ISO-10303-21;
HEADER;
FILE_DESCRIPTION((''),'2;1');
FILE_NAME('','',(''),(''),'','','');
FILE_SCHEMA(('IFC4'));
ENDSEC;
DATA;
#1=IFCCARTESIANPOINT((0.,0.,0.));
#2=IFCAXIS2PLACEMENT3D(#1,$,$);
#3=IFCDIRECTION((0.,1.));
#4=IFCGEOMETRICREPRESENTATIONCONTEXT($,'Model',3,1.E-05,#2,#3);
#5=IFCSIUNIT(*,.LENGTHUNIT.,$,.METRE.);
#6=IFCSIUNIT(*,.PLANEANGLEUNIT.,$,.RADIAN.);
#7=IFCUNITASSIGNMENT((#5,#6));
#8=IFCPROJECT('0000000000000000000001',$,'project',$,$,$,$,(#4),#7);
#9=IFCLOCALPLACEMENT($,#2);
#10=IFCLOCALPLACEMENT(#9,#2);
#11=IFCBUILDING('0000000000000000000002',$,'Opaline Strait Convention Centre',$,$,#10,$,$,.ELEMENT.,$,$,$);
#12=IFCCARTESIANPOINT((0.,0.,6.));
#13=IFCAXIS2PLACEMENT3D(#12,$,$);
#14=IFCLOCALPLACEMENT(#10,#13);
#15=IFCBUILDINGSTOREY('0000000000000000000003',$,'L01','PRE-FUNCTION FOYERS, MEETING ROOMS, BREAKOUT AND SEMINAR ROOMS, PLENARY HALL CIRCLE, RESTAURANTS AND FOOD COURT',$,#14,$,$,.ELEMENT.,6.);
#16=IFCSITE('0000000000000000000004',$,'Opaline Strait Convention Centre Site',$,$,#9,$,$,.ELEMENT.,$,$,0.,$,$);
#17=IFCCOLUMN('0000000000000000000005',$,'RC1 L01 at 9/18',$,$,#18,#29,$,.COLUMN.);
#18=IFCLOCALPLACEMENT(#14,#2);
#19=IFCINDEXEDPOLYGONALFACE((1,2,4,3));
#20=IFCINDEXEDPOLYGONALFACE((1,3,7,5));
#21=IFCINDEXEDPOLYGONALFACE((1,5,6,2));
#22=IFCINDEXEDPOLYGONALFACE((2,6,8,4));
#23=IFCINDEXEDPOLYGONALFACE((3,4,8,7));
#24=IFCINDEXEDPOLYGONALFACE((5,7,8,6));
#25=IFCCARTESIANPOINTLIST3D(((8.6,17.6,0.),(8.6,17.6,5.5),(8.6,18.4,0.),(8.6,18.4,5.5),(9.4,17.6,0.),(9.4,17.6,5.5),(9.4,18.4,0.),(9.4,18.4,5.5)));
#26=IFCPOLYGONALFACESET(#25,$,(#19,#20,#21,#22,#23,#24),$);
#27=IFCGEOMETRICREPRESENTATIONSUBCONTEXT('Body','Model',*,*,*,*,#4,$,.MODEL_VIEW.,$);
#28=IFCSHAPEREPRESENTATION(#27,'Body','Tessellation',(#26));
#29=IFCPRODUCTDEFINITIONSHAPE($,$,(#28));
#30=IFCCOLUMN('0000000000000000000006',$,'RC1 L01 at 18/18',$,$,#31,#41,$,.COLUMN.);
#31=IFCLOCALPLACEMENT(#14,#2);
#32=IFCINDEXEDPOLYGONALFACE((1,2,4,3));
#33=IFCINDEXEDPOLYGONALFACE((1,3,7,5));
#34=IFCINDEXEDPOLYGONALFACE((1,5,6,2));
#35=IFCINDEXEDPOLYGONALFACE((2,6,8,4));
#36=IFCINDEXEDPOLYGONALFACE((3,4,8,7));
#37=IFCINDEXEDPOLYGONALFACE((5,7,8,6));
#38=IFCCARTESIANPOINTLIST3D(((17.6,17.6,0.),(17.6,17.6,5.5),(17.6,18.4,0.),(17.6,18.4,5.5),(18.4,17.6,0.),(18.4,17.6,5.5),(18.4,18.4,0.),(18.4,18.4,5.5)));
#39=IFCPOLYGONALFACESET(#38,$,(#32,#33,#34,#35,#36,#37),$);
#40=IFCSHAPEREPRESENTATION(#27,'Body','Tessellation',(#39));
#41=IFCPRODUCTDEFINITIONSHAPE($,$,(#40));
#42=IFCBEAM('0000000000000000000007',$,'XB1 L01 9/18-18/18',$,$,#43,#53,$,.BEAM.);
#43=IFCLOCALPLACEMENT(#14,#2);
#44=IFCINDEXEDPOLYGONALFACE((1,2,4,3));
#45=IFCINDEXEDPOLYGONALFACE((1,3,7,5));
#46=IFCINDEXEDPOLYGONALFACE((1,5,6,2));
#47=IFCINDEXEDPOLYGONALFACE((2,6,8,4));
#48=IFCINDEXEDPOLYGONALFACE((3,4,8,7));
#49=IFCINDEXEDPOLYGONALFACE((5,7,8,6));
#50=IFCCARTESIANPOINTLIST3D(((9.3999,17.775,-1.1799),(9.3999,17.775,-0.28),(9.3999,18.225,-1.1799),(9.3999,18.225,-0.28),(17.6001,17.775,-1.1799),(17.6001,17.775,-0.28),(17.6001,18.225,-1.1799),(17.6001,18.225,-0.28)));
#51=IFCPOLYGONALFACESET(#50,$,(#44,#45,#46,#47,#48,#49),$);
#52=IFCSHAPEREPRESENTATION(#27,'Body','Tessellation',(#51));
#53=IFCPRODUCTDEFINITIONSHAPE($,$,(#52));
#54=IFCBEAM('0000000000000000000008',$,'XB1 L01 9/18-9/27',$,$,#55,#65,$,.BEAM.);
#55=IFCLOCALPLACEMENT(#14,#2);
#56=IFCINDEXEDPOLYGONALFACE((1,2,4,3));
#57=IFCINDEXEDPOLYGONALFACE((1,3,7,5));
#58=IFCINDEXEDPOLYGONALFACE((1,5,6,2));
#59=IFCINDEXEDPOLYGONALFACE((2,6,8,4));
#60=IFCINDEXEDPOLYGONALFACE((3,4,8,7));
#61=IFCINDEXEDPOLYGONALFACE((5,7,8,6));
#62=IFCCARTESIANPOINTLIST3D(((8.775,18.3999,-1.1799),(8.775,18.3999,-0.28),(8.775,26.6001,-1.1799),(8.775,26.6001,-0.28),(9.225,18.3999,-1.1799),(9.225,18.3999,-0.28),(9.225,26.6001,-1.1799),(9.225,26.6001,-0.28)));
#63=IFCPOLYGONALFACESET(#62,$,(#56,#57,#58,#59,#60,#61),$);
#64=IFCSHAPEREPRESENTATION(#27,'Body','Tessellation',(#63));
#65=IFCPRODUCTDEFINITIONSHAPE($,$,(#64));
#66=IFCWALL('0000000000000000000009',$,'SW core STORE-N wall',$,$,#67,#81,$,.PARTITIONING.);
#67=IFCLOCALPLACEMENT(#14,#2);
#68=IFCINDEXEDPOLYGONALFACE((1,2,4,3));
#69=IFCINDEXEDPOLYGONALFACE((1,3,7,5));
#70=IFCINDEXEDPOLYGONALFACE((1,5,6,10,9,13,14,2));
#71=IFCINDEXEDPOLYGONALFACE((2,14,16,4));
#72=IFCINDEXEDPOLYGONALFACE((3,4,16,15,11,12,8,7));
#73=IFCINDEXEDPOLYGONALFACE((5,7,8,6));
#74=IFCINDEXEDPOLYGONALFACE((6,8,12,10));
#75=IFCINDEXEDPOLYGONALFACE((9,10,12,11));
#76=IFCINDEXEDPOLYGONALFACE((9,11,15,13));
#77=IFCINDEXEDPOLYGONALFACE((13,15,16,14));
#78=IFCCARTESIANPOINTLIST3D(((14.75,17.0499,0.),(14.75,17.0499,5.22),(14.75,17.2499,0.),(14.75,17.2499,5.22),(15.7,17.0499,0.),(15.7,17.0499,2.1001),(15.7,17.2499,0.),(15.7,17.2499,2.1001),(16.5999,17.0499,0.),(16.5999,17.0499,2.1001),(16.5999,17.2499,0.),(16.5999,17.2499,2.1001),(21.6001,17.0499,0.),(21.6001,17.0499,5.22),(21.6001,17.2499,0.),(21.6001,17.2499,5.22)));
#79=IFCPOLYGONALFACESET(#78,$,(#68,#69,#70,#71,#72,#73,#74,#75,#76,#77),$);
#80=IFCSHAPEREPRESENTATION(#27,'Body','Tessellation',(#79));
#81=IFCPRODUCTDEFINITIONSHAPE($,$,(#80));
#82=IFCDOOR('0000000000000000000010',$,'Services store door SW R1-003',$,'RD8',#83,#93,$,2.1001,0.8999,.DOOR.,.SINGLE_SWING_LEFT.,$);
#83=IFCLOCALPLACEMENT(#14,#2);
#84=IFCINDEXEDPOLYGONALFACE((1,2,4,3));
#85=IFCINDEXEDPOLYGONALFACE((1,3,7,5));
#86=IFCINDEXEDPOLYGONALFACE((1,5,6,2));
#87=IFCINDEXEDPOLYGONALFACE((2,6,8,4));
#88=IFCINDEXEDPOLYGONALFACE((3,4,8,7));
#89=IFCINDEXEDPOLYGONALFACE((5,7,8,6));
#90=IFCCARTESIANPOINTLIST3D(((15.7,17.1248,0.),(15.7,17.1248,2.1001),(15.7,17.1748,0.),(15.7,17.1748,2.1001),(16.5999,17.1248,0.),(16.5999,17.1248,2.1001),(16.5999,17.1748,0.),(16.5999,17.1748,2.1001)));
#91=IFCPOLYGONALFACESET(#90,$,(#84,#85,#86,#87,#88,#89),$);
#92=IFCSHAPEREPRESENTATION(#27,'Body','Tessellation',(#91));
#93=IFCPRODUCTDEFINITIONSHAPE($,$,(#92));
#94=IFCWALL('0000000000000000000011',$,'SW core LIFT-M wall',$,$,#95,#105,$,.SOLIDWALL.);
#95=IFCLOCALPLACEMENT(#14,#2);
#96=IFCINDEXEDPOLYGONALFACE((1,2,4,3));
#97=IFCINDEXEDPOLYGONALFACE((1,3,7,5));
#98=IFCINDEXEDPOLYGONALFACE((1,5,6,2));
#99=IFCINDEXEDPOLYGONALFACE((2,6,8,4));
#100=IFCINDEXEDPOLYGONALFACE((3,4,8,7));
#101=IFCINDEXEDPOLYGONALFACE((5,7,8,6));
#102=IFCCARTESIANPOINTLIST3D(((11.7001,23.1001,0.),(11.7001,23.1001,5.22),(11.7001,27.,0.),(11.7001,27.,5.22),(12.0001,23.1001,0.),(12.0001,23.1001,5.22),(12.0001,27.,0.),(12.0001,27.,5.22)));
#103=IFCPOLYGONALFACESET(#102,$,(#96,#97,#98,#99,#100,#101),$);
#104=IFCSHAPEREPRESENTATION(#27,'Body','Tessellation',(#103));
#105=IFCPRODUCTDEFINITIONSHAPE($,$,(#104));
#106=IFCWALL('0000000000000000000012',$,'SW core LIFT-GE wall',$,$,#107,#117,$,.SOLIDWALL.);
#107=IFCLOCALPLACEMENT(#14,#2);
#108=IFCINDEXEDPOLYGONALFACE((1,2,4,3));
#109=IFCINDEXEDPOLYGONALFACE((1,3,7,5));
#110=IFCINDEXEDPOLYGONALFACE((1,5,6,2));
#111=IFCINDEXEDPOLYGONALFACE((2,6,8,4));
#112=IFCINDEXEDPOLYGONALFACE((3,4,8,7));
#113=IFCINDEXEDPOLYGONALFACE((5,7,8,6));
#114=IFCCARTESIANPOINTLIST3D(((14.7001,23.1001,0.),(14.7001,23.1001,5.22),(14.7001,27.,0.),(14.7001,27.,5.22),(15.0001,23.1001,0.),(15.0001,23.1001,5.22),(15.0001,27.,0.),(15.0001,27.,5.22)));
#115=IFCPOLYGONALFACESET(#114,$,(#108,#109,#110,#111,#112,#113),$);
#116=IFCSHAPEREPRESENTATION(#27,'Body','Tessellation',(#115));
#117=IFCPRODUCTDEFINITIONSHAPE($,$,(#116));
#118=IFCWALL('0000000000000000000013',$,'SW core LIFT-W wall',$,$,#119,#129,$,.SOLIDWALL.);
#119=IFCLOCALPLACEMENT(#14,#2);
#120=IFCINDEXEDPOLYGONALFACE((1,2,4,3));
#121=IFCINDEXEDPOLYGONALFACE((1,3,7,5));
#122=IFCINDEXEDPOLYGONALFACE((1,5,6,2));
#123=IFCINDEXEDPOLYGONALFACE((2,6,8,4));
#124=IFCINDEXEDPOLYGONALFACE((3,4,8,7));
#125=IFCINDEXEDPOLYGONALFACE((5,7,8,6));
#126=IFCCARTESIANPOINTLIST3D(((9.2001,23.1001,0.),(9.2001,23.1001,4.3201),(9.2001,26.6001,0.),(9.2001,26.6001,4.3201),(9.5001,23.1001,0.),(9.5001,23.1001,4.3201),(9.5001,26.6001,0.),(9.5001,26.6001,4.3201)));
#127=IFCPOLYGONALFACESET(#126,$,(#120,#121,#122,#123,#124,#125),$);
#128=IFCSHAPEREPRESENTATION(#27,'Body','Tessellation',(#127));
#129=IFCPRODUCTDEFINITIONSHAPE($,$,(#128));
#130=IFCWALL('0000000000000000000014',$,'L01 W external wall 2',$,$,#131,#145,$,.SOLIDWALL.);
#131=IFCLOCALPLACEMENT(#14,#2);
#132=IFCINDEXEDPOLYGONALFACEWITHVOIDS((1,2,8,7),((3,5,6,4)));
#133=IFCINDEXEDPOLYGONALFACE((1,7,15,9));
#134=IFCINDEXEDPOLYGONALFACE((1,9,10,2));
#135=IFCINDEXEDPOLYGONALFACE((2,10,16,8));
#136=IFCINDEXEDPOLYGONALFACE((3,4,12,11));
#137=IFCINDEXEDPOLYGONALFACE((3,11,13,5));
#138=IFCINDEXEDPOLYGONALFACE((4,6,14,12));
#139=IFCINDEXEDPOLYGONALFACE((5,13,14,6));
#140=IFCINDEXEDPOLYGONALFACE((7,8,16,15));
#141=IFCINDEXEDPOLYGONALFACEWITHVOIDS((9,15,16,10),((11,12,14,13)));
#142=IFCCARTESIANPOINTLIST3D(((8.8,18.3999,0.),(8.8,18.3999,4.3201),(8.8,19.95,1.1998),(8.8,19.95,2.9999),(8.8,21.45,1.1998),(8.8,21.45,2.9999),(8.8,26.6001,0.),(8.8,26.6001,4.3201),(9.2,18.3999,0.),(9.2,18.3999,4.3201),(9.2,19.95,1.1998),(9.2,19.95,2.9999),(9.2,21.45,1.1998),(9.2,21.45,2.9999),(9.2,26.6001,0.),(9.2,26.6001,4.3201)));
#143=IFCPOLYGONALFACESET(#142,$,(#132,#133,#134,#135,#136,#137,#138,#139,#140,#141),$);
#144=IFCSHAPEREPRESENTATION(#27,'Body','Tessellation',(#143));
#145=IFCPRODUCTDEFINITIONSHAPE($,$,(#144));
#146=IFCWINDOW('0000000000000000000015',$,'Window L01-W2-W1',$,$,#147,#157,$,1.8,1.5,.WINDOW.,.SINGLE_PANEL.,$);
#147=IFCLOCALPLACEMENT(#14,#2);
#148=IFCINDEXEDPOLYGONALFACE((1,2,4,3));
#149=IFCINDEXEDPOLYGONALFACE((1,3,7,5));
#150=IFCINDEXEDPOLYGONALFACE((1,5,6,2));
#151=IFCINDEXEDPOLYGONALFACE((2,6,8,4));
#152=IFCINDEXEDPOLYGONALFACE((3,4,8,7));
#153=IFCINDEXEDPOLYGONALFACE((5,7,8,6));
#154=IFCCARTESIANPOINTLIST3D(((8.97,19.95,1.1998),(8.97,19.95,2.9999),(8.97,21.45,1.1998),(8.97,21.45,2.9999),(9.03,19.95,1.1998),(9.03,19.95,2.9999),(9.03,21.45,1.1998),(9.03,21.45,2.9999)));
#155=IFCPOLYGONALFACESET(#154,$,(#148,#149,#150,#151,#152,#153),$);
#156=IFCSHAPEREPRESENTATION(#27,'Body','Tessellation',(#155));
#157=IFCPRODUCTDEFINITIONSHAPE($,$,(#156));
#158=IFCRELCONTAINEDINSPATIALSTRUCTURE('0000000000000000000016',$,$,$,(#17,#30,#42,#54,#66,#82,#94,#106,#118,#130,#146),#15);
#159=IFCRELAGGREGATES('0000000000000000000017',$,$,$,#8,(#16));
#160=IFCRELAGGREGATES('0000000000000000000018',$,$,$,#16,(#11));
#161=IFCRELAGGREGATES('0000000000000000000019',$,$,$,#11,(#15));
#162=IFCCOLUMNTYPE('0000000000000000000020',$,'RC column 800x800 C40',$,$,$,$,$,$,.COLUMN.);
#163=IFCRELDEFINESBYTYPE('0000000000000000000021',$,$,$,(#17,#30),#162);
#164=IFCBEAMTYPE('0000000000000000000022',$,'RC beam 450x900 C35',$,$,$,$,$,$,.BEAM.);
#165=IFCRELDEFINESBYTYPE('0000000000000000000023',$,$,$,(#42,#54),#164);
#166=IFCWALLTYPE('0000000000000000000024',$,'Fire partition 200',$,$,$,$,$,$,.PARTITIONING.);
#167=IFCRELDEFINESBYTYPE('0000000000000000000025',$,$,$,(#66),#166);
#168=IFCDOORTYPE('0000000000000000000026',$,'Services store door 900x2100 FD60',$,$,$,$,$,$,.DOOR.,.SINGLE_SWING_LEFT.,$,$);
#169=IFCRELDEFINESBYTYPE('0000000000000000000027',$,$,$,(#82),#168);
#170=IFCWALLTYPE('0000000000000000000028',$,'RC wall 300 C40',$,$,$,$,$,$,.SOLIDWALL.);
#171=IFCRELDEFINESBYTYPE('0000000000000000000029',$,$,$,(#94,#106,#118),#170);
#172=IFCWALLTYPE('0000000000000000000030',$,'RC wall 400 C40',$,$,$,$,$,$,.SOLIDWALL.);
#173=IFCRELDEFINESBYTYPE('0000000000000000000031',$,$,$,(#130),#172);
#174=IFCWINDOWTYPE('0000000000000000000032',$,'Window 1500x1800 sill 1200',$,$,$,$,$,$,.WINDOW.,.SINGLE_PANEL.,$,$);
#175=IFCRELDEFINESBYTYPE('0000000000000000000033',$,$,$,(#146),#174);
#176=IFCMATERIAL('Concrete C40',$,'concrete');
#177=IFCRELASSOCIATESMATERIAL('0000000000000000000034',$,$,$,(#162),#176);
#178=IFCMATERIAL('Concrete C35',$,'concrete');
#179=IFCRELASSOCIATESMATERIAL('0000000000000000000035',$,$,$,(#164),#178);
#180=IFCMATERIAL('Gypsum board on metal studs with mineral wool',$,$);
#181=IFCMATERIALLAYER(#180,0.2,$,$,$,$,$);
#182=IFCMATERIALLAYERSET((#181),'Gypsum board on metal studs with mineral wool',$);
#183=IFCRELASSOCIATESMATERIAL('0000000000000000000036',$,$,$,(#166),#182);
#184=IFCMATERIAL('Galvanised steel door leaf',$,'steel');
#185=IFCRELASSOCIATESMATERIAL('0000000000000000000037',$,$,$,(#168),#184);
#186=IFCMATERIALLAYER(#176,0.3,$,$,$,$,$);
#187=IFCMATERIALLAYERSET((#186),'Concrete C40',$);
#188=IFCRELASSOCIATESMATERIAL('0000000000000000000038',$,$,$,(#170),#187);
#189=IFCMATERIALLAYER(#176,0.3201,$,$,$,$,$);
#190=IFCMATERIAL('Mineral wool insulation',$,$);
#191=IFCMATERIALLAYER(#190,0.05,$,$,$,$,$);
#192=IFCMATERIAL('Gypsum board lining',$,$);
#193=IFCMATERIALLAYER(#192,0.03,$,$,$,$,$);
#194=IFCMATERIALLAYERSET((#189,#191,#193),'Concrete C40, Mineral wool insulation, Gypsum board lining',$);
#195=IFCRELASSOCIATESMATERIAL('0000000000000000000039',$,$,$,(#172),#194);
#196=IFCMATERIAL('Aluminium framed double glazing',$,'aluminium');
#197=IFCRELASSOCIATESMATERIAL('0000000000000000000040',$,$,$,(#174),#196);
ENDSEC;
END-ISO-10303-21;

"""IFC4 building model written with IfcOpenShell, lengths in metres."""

from ifc_helpers import new_model, si_unit, direction, frame, frame_2d, origin, origin_2d, place, context, subcontext, project, spatial, rectangle, extrude, material, layer, layer_set, material_profile, profile_set, type_object, element, fill, save


model = new_model("IFC4")

# Units and contexts
model_context = context("Model", 3, precision=1e-05, world=origin(), true_north=direction((0.0, 1.0)))
body_context = subcontext(model_context, "Body", "Model", "MODEL_VIEW")
ifc_project = project(units=[si_unit("LENGTHUNIT", "METRE"), si_unit("PLANEANGLEUNIT", "RADIAN")], contexts=[model_context])

# Site, building, storey
site_placement = place(None, origin())
site = spatial("IfcSite", under=ifc_project, at=site_placement, Name="Opaline Strait Convention Centre Site", CompositionType="ELEMENT", RefElevation=0.0)
building_placement = place(site_placement, origin())
building = spatial("IfcBuilding", under=site, at=building_placement, Name="Opaline Strait Convention Centre", CompositionType="ELEMENT")
storey_placement = place(building_placement, frame((0.0, 0.0, 6.0)))
storey = spatial("IfcBuildingStorey", under=building, at=storey_placement, Name="L01", Description="PRE-FUNCTION FOYERS, MEETING ROOMS, BREAKOUT AND SEMINAR ROOMS, PLENARY HALL CIRCLE, RESTAURANTS AND FOOD COURT", CompositionType="ELEMENT", Elevation=6.0)

# Columns
ifc_material_1 = material(Name="Concrete C40", Category="concrete")
ifc_material_profile_1 = material_profile(ifc_material_1, rectangle(XDim=0.8, YDim=0.8, at=origin_2d()), Name="RC 800x800")
ifc_profile_set_1 = profile_set([ifc_material_profile_1], Name="Concrete C40")
column_type = type_object("IfcColumnType", Name="RC column 800x800 C40", PredefinedType="COLUMN", material=ifc_profile_set_1)
for number, where, z_axis, x_axis, name in (
    (1, (9.0, 18.0, 0.0), (0.0, 0.0, 1.0), (1.0, 0.0, 0.0), "RC1 L01 at 9/18"),
    (2, (18.0, 18.0, 0.0), (0.0, 0.0, 1.0), (1.0, 0.0, 0.0), "RC1 L01 at 18/18"),
):
    element("IfcColumn", number, at=place(storey_placement, frame(where, z_axis=z_axis, x_axis=x_axis)), inside=storey, type_object=column_type, Name=name, PredefinedType="COLUMN", context=body_context, shape_type="SweptSolid", body=[
        extrude(rectangle(XDim=0.8, YDim=0.8, at=origin_2d()), origin(), (0.0, 0.0, 1.0), 5.5),
    ])

# Beams
ifc_material_2 = material(Name="Concrete C35", Category="concrete")
ifc_material_profile_2 = material_profile(ifc_material_2, rectangle(XDim=0.45, YDim=0.8999, at=origin_2d()), Name="RC 450x900")
ifc_profile_set_2 = profile_set([ifc_material_profile_2], Name="Concrete C35")
beam_type = type_object("IfcBeamType", Name="RC beam 450x900 C35", PredefinedType="BEAM", material=ifc_profile_set_2)
for number, where, z_axis, x_axis, name in (
    (3, (9.3999, 18.0, -0.73), (1.0, 0.0, 0.0), (0.0, 1.0, 0.0), "XB1 L01 9/18-18/18"),
    (4, (9.0, 18.3999, -0.73), (0.0, 1.0, 0.0), (-1.0, 0.0, 0.0), "XB1 L01 9/18-9/27"),
):
    element("IfcBeam", number, at=place(storey_placement, frame(where, z_axis=z_axis, x_axis=x_axis)), inside=storey, type_object=beam_type, Name=name, PredefinedType="BEAM", context=body_context, shape_type="SweptSolid", body=[
        extrude(rectangle(XDim=0.45, YDim=0.8999, at=origin_2d()), origin(), (0.0, 0.0, 1.0), 8.2002),
    ])

# Wall, opening, door
ifc_material_3 = material(Name="Gypsum board on metal studs with mineral wool")
ifc_layer_1 = layer(ifc_material_3, 0.2)
ifc_layer_set_1 = layer_set([ifc_layer_1], Name="Gypsum board on metal studs with mineral wool")
wall_type_1 = type_object("IfcWallType", Name="Fire partition 200", PredefinedType="PARTITIONING", material=ifc_layer_set_1)
wall_1_placement = place(storey_placement, frame((14.75, 17.1499, 0.0), z_axis=(0.0, 0.0, 1.0), x_axis=(1.0, 0.0, 0.0)))
wall_1 = element("IfcWall", 5, at=wall_1_placement, inside=storey, type_object=wall_type_1, Name="SW core STORE-N wall", PredefinedType="PARTITIONING", context=body_context, shape_type="SweptSolid", body=[
    extrude(rectangle(XDim=6.8501, YDim=0.2, at=frame_2d((3.425, 0.0))), origin(), (0.0, 0.0, 1.0), 5.22),
])
opening_1_placement = place(wall_1_placement, frame((0.95, 0.0, 0.0)))
opening_1 = element("IfcOpeningElement", 6, at=opening_1_placement, cuts=wall_1, PredefinedType="OPENING", context=body_context, shape_type="SweptSolid", body=[
    extrude(rectangle(XDim=0.8999, YDim=2.1001, at=frame_2d((0.45, 1.05))), frame((0.0, 0.1099, 0.0), z_axis=(0.0, -1.0, 0.0), x_axis=(1.0, 0.0, 0.0)), (0.0, 0.0, 1.0), 0.22),
])
ifc_material_4 = material(Name="Galvanised steel door leaf", Category="steel")
door_type_1 = type_object("IfcDoorType", Name="Services store door 900x2100 FD60", OperationType="SINGLE_SWING_LEFT", PredefinedType="DOOR", material=ifc_material_4)
door_1_placement = place(opening_1_placement, origin())
door_1 = element("IfcDoor", 7, at=door_1_placement, inside=storey, type_object=door_type_1, Name="Services store door SW R1-003", ObjectType="RD8", OperationType="SINGLE_SWING_LEFT", OverallHeight=2.1001, OverallWidth=0.8999, PredefinedType="DOOR", context=body_context, shape_type="SweptSolid", body=[
    extrude(rectangle(XDim=0.8999, YDim=2.1001, at=frame_2d((0.45, 1.05))), frame((0.0, 0.0249, 0.0), z_axis=(0.0, -1.0, 0.0), x_axis=(1.0, 0.0, 0.0)), (0.0, 0.0, 1.0), 0.05),
])
fill(opening_1, door_1)
ifc_layer_2 = layer(ifc_material_1, 0.3)
ifc_layer_set_2 = layer_set([ifc_layer_2], Name="Concrete C40")
wall_type_2 = type_object("IfcWallType", Name="RC wall 300 C40", PredefinedType="SOLIDWALL", material=ifc_layer_set_2)

# Walls
for number, where, z_axis, x_axis, name in (
    (8, (11.8501, 23.1001, 0.0), (0.0, 0.0, 1.0), (0.0, 1.0, 0.0), "SW core LIFT-M wall"),
    (9, (14.8501, 23.1001, 0.0), (0.0, 0.0, 1.0), (0.0, 1.0, 0.0), "SW core LIFT-GE wall"),
):
    element("IfcWall", number, at=place(storey_placement, frame(where, z_axis=z_axis, x_axis=x_axis)), inside=storey, type_object=wall_type_2, Name=name, PredefinedType="SOLIDWALL", context=body_context, shape_type="SweptSolid", body=[
        extrude(rectangle(XDim=3.8999, YDim=0.3, at=frame_2d((1.95, 0.0))), origin(), (0.0, 0.0, 1.0), 5.22),
    ])
wall_2_placement = place(storey_placement, frame((9.3501, 23.1001, 0.0), z_axis=(0.0, 0.0, 1.0), x_axis=(0.0, 1.0, 0.0)))
element("IfcWall", 10, at=wall_2_placement, inside=storey, type_object=wall_type_2, Name="SW core LIFT-W wall", PredefinedType="SOLIDWALL", context=body_context, shape_type="SweptSolid", body=[
    extrude(rectangle(XDim=3.5, YDim=0.3, at=frame_2d((1.75, 0.0))), origin(), (0.0, 0.0, 1.0), 4.3201),
])

# Wall, opening, window
ifc_layer_3 = layer(ifc_material_1, 0.3201)
ifc_material_5 = material(Name="Mineral wool insulation")
ifc_layer_4 = layer(ifc_material_5, 0.05)
ifc_material_6 = material(Name="Gypsum board lining")
ifc_layer_5 = layer(ifc_material_6, 0.03)
ifc_layer_set_3 = layer_set([ifc_layer_3, ifc_layer_4, ifc_layer_5], Name="Concrete C40, Mineral wool insulation, Gypsum board lining")
wall_type_3 = type_object("IfcWallType", Name="RC wall 400 C40", PredefinedType="SOLIDWALL", material=ifc_layer_set_3)
wall_3_placement = place(storey_placement, frame((9.0, 18.3999, 0.0), z_axis=(0.0, 0.0, 1.0), x_axis=(0.0, 1.0, 0.0)))
wall_3 = element("IfcWall", 11, at=wall_3_placement, inside=storey, type_object=wall_type_3, Name="L01 W external wall 2", PredefinedType="SOLIDWALL", context=body_context, shape_type="SweptSolid", body=[
    extrude(rectangle(XDim=8.2002, YDim=0.3999, at=frame_2d((4.1001, 0.0))), origin(), (0.0, 0.0, 1.0), 4.3201),
])
opening_2_placement = place(wall_3_placement, frame((1.55, 0.0, 1.2)))
opening_2 = element("IfcOpeningElement", 12, at=opening_2_placement, cuts=wall_3, PredefinedType="OPENING", context=body_context, shape_type="SweptSolid", body=[
    extrude(rectangle(XDim=1.5, YDim=1.8, at=frame_2d((0.75, 0.8999))), frame((0.0, 0.21, 0.0), z_axis=(0.0, -1.0, 0.0), x_axis=(1.0, 0.0, 0.0)), (0.0, 0.0, 1.0), 0.4199),
])
ifc_material_7 = material(Name="Aluminium framed double glazing", Category="aluminium")
window_type = type_object("IfcWindowType", Name="Window 1500x1800 sill 1200", PartitioningType="SINGLE_PANEL", PredefinedType="WINDOW", material=ifc_material_7)
window_placement = place(opening_2_placement, origin())
window = element("IfcWindow", 13, at=window_placement, inside=storey, type_object=window_type, Name="Window L01-W2-W1", OverallHeight=1.8, OverallWidth=1.5, PartitioningType="SINGLE_PANEL", PredefinedType="WINDOW", context=body_context, shape_type="SweptSolid", body=[
    extrude(rectangle(XDim=1.5, YDim=1.8, at=frame_2d((0.75, 0.8999))), frame((0.0, 0.03, 0.0), z_axis=(0.0, -1.0, 0.0), x_axis=(1.0, 0.0, 0.0)), (0.0, 0.0, 1.0), 0.0601),
])
fill(opening_2, window)

save(model, "model.ifc")
